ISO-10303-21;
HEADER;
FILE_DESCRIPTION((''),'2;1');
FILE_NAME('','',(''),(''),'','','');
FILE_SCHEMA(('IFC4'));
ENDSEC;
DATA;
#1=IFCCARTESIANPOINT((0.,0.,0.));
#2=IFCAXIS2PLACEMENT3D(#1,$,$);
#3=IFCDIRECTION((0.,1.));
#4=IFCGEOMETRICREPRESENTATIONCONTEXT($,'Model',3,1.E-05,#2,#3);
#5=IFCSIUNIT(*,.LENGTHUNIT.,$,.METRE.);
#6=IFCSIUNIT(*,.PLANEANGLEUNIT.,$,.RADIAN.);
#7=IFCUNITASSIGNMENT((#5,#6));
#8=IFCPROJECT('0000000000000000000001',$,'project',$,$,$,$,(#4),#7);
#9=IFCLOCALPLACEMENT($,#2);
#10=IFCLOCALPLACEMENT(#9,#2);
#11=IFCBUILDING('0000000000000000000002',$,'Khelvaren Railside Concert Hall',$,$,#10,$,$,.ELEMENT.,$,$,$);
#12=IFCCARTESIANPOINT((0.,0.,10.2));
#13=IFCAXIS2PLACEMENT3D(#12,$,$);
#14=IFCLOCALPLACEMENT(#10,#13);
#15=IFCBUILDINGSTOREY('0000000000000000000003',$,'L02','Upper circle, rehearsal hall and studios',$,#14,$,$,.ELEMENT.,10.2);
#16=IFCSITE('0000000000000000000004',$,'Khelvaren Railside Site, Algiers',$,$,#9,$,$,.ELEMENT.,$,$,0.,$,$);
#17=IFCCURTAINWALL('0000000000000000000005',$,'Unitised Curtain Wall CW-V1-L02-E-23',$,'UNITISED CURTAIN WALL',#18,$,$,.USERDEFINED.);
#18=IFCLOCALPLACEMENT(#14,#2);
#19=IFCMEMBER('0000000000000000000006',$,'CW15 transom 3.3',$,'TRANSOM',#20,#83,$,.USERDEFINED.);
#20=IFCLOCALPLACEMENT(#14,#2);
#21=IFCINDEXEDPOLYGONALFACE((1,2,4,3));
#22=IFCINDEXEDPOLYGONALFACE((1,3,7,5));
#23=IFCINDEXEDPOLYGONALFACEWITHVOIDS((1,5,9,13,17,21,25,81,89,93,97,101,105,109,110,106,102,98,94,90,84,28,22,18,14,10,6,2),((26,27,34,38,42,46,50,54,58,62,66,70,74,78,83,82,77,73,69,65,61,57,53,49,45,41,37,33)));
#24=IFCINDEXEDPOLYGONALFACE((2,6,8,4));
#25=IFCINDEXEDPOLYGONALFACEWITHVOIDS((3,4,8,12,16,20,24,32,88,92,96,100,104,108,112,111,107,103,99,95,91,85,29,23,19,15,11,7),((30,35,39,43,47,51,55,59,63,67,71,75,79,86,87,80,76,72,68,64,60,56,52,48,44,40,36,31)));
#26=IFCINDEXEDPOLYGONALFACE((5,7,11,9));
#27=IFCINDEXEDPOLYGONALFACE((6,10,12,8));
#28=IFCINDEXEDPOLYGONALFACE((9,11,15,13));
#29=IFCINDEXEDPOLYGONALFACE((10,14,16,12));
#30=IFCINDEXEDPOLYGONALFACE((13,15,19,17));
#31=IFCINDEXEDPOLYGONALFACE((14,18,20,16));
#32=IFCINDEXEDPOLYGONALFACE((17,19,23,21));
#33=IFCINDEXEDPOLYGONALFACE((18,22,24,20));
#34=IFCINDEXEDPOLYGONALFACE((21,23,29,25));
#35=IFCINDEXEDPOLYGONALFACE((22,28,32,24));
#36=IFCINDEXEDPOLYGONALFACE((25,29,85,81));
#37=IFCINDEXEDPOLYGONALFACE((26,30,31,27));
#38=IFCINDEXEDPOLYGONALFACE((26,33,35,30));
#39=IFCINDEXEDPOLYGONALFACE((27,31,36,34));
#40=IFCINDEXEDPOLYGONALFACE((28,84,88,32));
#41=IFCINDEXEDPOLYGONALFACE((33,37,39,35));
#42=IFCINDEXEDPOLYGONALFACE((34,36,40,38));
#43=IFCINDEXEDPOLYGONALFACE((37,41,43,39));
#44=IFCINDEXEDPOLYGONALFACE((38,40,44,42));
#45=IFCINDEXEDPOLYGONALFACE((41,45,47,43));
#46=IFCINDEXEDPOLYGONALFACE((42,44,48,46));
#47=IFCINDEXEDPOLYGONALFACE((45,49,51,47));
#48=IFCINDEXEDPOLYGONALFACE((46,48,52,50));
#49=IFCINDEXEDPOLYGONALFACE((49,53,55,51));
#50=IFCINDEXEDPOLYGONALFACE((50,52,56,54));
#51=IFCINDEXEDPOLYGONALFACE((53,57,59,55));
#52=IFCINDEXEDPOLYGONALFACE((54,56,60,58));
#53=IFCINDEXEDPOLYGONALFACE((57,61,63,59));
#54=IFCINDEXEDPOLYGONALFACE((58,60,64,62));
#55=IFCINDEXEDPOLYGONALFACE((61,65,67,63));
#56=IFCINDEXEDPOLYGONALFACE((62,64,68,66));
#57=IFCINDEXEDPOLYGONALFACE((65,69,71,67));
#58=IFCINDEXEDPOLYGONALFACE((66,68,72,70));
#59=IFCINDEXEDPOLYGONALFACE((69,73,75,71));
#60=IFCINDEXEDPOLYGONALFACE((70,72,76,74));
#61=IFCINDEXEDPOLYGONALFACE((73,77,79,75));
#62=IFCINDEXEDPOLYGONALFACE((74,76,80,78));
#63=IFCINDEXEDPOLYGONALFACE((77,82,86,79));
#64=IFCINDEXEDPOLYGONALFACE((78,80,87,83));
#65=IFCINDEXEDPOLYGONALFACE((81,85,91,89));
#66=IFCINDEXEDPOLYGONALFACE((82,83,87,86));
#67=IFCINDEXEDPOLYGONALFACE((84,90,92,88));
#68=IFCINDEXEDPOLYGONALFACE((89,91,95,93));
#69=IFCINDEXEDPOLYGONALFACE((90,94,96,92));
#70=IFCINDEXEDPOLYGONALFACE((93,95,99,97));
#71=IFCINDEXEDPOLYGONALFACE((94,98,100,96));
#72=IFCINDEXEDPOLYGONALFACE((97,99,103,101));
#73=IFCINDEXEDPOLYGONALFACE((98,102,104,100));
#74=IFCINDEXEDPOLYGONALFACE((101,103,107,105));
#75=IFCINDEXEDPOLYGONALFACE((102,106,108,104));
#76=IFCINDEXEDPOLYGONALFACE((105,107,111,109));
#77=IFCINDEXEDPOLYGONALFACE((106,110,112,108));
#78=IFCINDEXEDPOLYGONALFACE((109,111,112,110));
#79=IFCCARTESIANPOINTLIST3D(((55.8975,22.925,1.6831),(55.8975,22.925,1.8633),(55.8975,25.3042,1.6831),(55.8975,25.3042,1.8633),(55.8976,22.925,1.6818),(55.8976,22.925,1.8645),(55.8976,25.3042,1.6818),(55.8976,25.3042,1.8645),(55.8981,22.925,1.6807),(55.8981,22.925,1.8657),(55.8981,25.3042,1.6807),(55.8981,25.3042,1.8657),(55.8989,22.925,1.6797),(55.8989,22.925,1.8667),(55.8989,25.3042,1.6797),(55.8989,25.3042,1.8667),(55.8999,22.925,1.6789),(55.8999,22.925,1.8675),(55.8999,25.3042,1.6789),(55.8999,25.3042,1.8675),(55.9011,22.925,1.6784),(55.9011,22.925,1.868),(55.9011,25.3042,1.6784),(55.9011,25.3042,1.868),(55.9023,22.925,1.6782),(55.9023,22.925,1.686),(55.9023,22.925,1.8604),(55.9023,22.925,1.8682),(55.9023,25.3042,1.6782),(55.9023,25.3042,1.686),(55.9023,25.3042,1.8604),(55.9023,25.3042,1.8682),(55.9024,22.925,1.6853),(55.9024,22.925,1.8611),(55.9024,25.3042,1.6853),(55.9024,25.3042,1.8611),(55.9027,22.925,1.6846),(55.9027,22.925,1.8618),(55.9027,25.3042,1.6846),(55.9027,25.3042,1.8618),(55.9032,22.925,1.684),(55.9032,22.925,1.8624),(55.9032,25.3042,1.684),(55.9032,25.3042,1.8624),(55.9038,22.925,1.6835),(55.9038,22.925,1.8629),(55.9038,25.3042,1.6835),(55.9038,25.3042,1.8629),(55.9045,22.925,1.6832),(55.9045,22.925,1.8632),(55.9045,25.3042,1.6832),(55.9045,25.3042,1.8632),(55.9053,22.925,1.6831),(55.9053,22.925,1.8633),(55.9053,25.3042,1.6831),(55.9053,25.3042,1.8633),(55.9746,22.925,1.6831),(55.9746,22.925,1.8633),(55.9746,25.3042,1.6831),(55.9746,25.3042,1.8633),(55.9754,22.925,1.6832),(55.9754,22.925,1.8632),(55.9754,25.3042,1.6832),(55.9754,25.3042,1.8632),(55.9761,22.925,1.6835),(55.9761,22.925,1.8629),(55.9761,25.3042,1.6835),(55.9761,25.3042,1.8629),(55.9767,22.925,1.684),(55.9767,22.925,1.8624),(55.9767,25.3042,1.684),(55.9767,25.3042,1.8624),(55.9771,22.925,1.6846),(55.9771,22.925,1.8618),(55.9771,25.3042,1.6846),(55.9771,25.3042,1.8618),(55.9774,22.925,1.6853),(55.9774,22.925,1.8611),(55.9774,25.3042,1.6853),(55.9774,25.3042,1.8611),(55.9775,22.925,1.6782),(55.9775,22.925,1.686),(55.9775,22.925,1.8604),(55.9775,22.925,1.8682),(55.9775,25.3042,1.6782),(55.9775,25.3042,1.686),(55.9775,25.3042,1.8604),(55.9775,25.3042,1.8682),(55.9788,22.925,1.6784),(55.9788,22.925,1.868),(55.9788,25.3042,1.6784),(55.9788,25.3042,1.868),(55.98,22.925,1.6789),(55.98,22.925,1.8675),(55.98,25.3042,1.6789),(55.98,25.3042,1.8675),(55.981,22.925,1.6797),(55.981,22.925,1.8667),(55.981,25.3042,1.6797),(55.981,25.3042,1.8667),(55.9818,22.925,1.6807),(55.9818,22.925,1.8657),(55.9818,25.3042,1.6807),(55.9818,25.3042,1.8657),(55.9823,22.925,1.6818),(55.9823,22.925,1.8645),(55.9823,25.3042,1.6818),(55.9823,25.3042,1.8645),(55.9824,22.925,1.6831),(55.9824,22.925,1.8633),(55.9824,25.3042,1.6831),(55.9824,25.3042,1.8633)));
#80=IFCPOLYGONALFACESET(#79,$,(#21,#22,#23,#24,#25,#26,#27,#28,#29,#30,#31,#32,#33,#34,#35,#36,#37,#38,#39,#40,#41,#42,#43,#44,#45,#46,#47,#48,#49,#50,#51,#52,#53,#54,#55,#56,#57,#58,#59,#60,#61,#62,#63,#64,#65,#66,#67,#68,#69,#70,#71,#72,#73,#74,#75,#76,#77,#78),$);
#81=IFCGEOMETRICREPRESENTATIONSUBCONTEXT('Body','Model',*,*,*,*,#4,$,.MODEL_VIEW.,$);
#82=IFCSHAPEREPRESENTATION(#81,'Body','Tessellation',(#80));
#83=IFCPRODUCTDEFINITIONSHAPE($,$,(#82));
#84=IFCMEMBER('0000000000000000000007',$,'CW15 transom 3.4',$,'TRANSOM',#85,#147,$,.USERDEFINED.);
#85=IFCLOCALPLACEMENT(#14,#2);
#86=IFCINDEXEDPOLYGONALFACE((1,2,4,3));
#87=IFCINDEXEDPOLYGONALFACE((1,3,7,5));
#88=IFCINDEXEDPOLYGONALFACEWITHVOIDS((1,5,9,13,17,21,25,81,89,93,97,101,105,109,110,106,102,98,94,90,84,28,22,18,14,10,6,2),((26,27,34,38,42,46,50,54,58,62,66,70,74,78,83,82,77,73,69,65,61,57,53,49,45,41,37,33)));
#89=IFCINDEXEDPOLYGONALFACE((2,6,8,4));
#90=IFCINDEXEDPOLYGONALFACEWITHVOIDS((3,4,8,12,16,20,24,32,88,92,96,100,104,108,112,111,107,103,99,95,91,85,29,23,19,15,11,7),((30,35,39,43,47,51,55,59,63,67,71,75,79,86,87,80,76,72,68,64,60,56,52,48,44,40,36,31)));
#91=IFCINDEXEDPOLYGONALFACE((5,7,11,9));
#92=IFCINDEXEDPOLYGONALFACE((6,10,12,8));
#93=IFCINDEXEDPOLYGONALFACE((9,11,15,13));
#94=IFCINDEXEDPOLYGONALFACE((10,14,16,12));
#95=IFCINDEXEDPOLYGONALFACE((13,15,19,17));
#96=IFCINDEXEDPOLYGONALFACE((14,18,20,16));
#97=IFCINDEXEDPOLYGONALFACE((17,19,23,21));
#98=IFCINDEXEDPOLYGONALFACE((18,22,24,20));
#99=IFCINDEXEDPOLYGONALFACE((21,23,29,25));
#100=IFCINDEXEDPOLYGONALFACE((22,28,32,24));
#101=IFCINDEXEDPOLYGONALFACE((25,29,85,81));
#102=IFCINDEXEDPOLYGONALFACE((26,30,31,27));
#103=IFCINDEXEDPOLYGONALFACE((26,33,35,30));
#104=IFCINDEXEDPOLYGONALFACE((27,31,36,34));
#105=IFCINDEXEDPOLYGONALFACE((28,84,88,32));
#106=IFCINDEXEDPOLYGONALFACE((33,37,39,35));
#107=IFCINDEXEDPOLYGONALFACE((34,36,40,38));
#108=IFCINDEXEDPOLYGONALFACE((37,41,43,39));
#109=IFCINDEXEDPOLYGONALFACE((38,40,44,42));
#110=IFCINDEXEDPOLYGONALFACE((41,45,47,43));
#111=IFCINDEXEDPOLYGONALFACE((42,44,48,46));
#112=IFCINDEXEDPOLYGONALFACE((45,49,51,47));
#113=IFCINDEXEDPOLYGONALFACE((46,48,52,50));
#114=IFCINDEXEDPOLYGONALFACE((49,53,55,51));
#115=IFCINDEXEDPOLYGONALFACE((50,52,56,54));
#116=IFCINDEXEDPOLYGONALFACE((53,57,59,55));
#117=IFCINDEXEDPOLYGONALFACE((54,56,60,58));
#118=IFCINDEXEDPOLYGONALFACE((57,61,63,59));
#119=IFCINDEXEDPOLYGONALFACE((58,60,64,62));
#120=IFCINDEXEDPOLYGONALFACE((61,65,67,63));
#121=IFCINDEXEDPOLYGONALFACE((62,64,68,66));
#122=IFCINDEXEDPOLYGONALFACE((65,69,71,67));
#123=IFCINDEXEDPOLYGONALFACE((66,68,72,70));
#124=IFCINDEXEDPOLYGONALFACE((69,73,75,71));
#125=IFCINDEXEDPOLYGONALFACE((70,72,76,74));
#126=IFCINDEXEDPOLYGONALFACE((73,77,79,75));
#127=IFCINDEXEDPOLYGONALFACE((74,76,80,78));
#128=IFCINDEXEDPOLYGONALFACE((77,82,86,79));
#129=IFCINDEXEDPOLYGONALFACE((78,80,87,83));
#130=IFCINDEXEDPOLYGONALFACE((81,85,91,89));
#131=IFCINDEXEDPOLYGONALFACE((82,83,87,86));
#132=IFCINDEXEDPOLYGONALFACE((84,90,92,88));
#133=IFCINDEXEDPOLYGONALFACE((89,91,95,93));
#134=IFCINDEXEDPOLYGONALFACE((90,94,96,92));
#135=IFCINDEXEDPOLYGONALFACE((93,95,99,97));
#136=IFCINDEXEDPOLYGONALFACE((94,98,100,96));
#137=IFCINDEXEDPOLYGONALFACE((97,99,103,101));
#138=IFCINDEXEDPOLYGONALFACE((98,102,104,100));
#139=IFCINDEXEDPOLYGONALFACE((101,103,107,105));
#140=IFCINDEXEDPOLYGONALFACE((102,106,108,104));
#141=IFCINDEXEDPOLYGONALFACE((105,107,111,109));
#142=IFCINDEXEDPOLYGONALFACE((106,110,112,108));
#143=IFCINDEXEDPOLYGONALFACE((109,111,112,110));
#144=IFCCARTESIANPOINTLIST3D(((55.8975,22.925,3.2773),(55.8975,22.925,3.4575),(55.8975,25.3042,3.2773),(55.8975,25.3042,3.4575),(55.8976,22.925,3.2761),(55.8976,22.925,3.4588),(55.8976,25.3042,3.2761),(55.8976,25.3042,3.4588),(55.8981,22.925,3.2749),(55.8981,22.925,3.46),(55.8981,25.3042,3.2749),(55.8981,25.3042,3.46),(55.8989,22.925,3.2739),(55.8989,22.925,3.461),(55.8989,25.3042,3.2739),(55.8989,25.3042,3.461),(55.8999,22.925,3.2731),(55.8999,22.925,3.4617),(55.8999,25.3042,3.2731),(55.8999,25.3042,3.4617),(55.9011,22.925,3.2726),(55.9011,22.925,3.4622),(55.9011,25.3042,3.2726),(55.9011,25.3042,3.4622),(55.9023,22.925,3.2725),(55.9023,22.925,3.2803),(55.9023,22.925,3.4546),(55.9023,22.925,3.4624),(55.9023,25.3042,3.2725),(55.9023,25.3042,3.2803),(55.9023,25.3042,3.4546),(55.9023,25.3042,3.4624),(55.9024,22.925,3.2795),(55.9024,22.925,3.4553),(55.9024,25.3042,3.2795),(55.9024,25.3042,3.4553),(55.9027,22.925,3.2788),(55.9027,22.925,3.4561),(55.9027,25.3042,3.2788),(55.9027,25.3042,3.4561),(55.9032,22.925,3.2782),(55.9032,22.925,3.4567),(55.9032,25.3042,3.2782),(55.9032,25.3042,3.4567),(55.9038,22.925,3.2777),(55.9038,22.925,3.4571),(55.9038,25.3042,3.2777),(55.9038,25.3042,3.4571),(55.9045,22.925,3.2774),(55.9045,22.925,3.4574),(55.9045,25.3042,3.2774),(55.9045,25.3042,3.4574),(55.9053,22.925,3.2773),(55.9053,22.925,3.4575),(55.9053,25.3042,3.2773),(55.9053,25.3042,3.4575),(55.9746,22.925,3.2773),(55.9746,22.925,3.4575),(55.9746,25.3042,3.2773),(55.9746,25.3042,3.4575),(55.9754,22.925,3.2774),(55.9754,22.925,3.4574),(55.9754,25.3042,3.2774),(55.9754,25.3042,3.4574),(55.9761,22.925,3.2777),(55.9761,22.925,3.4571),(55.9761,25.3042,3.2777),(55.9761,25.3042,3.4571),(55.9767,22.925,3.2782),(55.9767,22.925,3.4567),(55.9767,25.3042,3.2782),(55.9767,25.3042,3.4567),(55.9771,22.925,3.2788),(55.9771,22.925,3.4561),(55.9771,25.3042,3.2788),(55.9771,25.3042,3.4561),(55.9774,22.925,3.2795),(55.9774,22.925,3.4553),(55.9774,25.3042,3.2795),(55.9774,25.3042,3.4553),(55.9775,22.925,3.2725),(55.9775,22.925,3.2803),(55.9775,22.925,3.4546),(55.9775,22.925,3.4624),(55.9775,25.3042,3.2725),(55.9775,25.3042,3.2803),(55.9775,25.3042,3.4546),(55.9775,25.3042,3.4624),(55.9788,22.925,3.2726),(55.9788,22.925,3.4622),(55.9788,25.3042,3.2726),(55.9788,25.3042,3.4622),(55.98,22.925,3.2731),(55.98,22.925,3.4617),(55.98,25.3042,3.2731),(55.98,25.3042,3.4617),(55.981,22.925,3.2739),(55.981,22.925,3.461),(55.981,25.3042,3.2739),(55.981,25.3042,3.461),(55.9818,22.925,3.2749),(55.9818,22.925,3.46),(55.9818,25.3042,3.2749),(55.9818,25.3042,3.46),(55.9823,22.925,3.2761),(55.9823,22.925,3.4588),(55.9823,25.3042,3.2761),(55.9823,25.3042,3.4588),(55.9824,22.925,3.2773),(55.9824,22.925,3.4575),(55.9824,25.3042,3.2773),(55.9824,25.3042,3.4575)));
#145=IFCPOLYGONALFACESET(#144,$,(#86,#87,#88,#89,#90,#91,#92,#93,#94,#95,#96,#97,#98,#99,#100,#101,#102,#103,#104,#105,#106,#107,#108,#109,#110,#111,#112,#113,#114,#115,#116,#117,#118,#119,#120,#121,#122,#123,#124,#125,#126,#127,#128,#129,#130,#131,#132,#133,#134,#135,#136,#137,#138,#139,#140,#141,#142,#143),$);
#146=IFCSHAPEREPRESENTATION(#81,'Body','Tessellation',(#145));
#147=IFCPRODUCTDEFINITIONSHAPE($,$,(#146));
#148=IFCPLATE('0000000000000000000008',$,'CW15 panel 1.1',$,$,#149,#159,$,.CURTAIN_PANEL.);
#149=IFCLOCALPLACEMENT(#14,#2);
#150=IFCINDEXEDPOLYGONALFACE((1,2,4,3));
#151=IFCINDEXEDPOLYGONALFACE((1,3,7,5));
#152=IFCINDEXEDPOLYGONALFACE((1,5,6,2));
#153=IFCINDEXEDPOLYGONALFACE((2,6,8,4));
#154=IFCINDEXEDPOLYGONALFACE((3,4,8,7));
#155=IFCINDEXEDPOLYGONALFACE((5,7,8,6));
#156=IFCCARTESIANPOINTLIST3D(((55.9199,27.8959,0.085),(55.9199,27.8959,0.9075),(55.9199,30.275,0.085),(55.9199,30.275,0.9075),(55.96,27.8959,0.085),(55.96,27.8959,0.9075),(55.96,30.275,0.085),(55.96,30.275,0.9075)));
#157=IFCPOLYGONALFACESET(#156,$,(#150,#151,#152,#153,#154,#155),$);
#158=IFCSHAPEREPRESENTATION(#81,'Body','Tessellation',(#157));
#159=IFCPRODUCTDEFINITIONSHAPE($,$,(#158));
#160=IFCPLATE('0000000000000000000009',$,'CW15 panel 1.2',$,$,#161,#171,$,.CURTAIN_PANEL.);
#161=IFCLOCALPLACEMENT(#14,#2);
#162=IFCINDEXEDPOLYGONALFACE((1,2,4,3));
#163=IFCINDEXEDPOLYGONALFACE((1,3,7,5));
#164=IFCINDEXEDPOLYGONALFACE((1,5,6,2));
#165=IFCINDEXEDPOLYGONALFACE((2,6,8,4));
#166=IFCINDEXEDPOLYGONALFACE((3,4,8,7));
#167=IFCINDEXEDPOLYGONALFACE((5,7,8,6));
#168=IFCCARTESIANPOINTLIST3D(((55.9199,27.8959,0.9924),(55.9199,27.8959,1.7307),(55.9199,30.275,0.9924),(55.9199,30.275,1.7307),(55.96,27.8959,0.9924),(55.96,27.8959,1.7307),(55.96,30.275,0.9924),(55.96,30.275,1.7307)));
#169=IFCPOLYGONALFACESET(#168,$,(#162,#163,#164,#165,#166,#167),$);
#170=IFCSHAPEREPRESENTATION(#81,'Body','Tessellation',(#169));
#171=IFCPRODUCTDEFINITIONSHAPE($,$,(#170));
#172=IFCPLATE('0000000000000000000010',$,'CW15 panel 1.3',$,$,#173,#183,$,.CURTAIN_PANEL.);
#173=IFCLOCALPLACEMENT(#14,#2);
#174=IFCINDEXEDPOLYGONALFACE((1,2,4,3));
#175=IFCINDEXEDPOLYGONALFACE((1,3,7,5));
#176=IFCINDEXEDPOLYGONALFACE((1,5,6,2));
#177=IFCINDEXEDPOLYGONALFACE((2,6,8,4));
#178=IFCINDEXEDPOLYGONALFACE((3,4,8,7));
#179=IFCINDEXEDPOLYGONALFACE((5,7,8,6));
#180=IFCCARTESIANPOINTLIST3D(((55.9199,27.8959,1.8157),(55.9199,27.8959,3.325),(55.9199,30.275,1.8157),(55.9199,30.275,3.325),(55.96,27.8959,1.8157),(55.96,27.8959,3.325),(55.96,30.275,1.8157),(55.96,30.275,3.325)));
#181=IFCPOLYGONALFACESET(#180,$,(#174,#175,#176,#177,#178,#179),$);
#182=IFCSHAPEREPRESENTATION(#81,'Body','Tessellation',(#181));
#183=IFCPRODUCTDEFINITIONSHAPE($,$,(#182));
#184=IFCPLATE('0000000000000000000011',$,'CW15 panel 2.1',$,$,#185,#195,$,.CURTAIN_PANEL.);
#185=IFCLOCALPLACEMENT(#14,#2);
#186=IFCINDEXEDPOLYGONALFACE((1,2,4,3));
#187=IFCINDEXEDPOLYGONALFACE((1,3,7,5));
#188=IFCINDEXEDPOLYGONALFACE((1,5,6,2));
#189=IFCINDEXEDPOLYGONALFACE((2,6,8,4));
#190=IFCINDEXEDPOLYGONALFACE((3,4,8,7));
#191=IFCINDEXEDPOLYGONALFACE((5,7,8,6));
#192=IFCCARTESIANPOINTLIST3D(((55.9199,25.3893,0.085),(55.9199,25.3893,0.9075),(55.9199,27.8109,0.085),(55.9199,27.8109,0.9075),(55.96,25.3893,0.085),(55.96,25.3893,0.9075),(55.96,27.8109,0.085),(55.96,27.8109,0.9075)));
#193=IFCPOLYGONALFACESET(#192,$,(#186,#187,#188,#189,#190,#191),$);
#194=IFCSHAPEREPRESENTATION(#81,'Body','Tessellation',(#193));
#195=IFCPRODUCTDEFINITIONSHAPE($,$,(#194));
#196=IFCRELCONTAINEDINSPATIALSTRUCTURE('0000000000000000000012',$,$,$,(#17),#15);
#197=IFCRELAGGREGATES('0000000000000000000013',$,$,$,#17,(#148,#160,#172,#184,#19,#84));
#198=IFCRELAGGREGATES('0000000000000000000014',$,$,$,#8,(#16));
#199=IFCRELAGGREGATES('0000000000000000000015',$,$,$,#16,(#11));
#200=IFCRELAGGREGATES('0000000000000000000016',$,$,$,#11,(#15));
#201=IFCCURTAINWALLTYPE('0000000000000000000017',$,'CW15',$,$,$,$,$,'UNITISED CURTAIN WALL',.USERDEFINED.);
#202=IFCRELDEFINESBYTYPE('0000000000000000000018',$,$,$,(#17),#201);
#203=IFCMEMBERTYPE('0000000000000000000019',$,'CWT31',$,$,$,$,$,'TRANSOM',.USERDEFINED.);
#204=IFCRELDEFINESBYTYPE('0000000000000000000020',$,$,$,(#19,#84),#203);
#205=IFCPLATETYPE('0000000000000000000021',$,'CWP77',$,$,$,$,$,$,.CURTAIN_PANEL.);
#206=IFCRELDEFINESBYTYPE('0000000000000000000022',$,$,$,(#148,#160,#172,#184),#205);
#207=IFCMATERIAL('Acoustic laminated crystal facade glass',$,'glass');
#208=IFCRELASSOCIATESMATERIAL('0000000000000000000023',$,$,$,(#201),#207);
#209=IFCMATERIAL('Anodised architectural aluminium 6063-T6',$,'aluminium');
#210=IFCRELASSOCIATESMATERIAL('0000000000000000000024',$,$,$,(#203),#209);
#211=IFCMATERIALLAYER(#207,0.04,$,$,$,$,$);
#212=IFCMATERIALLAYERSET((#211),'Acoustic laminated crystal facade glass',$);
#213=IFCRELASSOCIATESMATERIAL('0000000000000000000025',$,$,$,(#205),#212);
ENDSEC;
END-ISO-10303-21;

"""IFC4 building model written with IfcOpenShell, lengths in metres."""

from ifc_helpers import new_model, si_unit, direction, frame, origin, origin_2d, place, context, subcontext, project, spatial, rectangle, hollow_rectangle, extrude, material, layer, layer_set, material_profile, profile_set, type_object, element, aggregate, save


model = new_model("IFC4")

# Units and contexts
model_context = context("Model", 3, precision=1e-05, world=origin(), true_north=direction((0.0, 1.0)))
body_context = subcontext(model_context, "Body", "Model", "MODEL_VIEW")
ifc_project = project(units=[si_unit("LENGTHUNIT", "METRE"), si_unit("PLANEANGLEUNIT", "RADIAN")], contexts=[model_context])

# Site, building, storey
site_placement = place(None, origin())
site = spatial("IfcSite", under=ifc_project, at=site_placement, Name="Khelvaren Railside Site, Algiers", CompositionType="ELEMENT", RefElevation=0.0)
building_placement = place(site_placement, origin())
building = spatial("IfcBuilding", under=site, at=building_placement, Name="Khelvaren Railside Concert Hall", CompositionType="ELEMENT")
storey_placement = place(building_placement, frame((0.0, 0.0, 10.2)))
storey = spatial("IfcBuildingStorey", under=building, at=storey_placement, Name="L02", Description="Upper circle, rehearsal hall and studios", CompositionType="ELEMENT", Elevation=10.2)

# Shared definitions
ifc_material_1 = material(Name="Acoustic laminated crystal facade glass", Category="glass")
ifc_material_2 = material(Name="Anodised architectural aluminium 6063-T6", Category="aluminium")

# Curtain wall
curtain_wall_type_1 = type_object("IfcCurtainWallType", Name="CW15", ElementType="UNITISED CURTAIN WALL", PredefinedType="USERDEFINED", material=ifc_material_1)
curtain_wall_1_placement = place(storey_placement, origin())
curtain_wall_1 = element("IfcCurtainWall", 1, at=curtain_wall_1_placement, inside=storey, type_object=curtain_wall_type_1, Name="Unitised Curtain Wall CW-V1-L02-E-23", ObjectType="UNITISED CURTAIN WALL", PredefinedType="USERDEFINED")

# Members
ifc_material_profile_1 = material_profile(ifc_material_2, hollow_rectangle(XDim=0.085, YDim=0.1899, WallThickness=0.0049, InnerFilletRadius=0.0029, OuterFilletRadius=0.0049, at=origin_2d()), Name="CWT 85x190x5")
ifc_profile_set_1 = profile_set([ifc_material_profile_1], Name="Anodised architectural aluminium 6063-T6")
member_type_1 = type_object("IfcMemberType", Name="CWT31", ElementType="TRANSOM", PredefinedType="USERDEFINED", material=ifc_profile_set_1)
member_1_placement = place(storey_placement, frame((55.9399, 25.3042, 1.7732), z_axis=(0.0, -1.0, 0.0), x_axis=(1.0, 0.0, 0.0)))
member_1 = element("IfcMember", 2, at=member_1_placement, type_object=member_type_1, Name="CW15 transom 3.3", ObjectType="TRANSOM", PredefinedType="USERDEFINED", context=body_context, shape_type="SweptSolid", body=[
    extrude(hollow_rectangle(XDim=0.085, YDim=0.1899, WallThickness=0.0049, InnerFilletRadius=0.0029, OuterFilletRadius=0.0049, at=origin_2d()), origin(), (0.0, 0.0, 1.0), 2.3792),
])
member_2_placement = place(storey_placement, frame((55.9399, 25.3042, 3.3674), z_axis=(0.0, -1.0, 0.0), x_axis=(1.0, 0.0, 0.0)))
member_2 = element("IfcMember", 3, at=member_2_placement, type_object=member_type_1, Name="CW15 transom 3.4", ObjectType="TRANSOM", PredefinedType="USERDEFINED", context=body_context, shape_type="SweptSolid", body=[
    extrude(hollow_rectangle(XDim=0.085, YDim=0.1899, WallThickness=0.0049, InnerFilletRadius=0.0029, OuterFilletRadius=0.0049, at=origin_2d()), origin(), (0.0, 0.0, 1.0), 2.3792),
])

# Plates
ifc_layer = layer(ifc_material_1, 0.04)
ifc_layer_set = layer_set([ifc_layer], Name="Acoustic laminated crystal facade glass")
plate_type = type_object("IfcPlateType", Name="CWP77", PredefinedType="CURTAIN_PANEL", material=ifc_layer_set)
plate_1_placement = place(storey_placement, frame((55.9399, 29.0854, 0.085), z_axis=(0.0, 0.0, 1.0), x_axis=(0.0, -1.0, 0.0)))
plate_1 = element("IfcPlate", 4, at=plate_1_placement, type_object=plate_type, Name="CW15 panel 1.1", PredefinedType="CURTAIN_PANEL", context=body_context, shape_type="SweptSolid", body=[
    extrude(rectangle(XDim=2.3792, YDim=0.04, at=origin_2d()), origin(), (0.0, 0.0, 1.0), 0.8225),
])
plate_2_placement = place(storey_placement, frame((55.9399, 29.0854, 0.9924), z_axis=(0.0, 0.0, 1.0), x_axis=(0.0, -1.0, 0.0)))
plate_2 = element("IfcPlate", 5, at=plate_2_placement, type_object=plate_type, Name="CW15 panel 1.2", PredefinedType="CURTAIN_PANEL", context=body_context, shape_type="SweptSolid", body=[
    extrude(rectangle(XDim=2.3792, YDim=0.04, at=origin_2d()), origin(), (0.0, 0.0, 1.0), 0.7383),
])
plate_3_placement = place(storey_placement, frame((55.9399, 29.0854, 1.8157), z_axis=(0.0, 0.0, 1.0), x_axis=(0.0, -1.0, 0.0)))
plate_3 = element("IfcPlate", 6, at=plate_3_placement, type_object=plate_type, Name="CW15 panel 1.3", PredefinedType="CURTAIN_PANEL", context=body_context, shape_type="SweptSolid", body=[
    extrude(rectangle(XDim=2.3792, YDim=0.04, at=origin_2d()), origin(), (0.0, 0.0, 1.0), 1.5093),
])
plate_4_placement = place(storey_placement, frame((55.9399, 26.6001, 0.085), z_axis=(0.0, 0.0, 1.0), x_axis=(0.0, -1.0, 0.0)))
plate_4 = element("IfcPlate", 7, at=plate_4_placement, type_object=plate_type, Name="CW15 panel 2.1", PredefinedType="CURTAIN_PANEL", context=body_context, shape_type="SweptSolid", body=[
    extrude(rectangle(XDim=2.4216, YDim=0.04, at=origin_2d()), origin(), (0.0, 0.0, 1.0), 0.8225),
])
aggregate(curtain_wall_1, [plate_1, plate_2, plate_3, plate_4, member_1, member_2])

save(model, "model.ifc")
